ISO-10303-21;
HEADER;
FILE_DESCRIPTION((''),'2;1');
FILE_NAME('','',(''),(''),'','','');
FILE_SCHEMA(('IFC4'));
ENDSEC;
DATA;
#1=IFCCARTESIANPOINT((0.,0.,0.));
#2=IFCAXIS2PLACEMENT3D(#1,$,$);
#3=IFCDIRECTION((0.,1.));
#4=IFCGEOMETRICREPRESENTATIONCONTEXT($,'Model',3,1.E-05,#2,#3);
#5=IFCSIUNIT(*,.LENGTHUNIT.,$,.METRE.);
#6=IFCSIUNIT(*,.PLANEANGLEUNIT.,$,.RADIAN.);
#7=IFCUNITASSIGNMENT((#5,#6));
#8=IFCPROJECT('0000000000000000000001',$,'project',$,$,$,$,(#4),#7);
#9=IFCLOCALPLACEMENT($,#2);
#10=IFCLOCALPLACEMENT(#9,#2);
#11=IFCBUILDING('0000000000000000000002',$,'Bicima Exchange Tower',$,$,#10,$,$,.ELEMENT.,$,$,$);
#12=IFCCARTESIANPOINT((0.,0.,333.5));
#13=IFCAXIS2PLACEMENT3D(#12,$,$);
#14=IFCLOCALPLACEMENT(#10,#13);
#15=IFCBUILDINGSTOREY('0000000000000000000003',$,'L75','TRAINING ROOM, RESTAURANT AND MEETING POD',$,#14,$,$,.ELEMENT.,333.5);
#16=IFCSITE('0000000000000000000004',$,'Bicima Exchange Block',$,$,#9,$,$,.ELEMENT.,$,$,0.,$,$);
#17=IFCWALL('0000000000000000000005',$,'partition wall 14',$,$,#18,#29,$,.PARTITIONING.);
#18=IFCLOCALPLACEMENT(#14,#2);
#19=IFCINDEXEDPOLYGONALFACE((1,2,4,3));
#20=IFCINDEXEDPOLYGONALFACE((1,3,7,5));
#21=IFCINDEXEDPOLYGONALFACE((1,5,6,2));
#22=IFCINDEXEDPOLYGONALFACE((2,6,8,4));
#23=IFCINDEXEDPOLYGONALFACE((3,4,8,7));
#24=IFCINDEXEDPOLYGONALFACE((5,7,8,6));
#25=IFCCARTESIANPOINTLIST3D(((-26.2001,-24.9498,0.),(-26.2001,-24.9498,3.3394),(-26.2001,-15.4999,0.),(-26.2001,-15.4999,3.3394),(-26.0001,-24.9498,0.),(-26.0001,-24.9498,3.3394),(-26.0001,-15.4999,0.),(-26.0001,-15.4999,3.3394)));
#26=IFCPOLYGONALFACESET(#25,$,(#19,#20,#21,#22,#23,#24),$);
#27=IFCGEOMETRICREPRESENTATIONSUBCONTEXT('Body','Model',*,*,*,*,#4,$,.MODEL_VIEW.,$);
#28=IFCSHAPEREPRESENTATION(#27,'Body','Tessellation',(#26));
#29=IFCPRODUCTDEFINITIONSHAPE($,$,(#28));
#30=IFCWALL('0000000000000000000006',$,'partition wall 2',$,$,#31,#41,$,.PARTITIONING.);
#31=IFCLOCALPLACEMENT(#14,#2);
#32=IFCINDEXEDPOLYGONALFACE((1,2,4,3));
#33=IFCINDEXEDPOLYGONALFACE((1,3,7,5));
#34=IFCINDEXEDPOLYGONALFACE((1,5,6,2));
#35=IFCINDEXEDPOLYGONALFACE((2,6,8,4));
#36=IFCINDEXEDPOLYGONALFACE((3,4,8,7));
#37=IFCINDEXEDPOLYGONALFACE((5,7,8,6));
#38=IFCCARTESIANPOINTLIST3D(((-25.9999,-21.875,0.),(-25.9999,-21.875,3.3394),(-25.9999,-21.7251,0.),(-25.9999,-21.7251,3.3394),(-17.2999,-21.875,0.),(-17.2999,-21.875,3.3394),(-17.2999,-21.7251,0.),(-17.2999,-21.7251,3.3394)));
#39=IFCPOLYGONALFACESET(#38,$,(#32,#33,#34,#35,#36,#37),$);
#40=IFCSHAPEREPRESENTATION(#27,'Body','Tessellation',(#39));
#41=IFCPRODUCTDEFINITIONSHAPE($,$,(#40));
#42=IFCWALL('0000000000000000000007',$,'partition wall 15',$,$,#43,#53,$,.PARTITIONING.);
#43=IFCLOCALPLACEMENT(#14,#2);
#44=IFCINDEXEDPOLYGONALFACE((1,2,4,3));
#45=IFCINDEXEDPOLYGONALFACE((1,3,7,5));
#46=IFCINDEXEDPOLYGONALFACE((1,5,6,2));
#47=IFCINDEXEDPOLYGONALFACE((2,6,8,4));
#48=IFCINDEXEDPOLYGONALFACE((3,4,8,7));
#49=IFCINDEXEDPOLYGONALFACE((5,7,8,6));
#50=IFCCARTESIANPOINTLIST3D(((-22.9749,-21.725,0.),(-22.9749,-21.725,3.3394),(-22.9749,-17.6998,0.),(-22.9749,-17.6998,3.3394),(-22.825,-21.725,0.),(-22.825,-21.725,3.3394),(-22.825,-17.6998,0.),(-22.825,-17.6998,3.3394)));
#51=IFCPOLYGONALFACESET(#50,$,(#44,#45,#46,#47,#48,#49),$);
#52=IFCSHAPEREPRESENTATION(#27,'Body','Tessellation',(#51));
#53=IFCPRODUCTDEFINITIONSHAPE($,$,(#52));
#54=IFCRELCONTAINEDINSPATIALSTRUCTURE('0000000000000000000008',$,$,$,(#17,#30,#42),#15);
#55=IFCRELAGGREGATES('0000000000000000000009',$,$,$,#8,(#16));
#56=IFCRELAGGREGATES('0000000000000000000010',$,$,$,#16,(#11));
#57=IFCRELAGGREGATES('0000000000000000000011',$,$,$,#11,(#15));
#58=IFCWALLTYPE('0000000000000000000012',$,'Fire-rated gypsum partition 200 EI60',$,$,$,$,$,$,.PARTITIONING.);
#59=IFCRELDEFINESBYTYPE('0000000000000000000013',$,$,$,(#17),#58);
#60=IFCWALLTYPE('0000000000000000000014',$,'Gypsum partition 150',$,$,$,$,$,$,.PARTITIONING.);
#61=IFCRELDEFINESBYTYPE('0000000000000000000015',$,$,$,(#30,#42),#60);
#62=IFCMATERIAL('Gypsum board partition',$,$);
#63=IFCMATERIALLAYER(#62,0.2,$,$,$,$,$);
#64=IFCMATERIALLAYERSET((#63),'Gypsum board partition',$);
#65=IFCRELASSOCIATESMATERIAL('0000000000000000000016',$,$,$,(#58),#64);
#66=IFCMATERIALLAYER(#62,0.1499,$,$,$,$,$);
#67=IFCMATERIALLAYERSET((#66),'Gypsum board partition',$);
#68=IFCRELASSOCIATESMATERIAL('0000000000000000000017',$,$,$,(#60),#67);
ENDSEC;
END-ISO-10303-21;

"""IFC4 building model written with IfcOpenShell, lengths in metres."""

from ifc_helpers import new_model, si_unit, direction, frame, frame_2d, origin, place, context, subcontext, project, spatial, rectangle, extrude, material, layer, layer_set, type_object, element, save


model = new_model("IFC4")

# Units and contexts
model_context = context("Model", 3, precision=1e-05, world=origin(), true_north=direction((0.0, 1.0)))
body_context = subcontext(model_context, "Body", "Model", "MODEL_VIEW")
ifc_project = project(units=[si_unit("LENGTHUNIT", "METRE"), si_unit("PLANEANGLEUNIT", "RADIAN")], contexts=[model_context])

# Site, building, storey
site_placement = place(None, origin())
site = spatial("IfcSite", under=ifc_project, at=site_placement, Name="Bicima Exchange Block", CompositionType="ELEMENT", RefElevation=0.0)
building_placement = place(site_placement, origin())
building = spatial("IfcBuilding", under=site, at=building_placement, Name="Bicima Exchange Tower", CompositionType="ELEMENT")
storey_placement = place(building_placement, frame((0.0, 0.0, 333.5)))
storey = spatial("IfcBuildingStorey", under=building, at=storey_placement, Name="L75", Description="TRAINING ROOM, RESTAURANT AND MEETING POD", CompositionType="ELEMENT", Elevation=333.5)

# Shared definitions
ifc_material_1 = material(Name="Gypsum board partition")
ifc_layer_1 = layer(ifc_material_1, 0.2)
ifc_layer_set_1 = layer_set([ifc_layer_1], Name="Gypsum board partition")
wall_type_1 = type_object("IfcWallType", Name="Fire-rated gypsum partition 200 EI60", PredefinedType="PARTITIONING", material=ifc_layer_set_1)

# Walls
wall_1_placement = place(storey_placement, frame((-26.1001, -24.95, 0.0), z_axis=(0.0, 0.0, 1.0), x_axis=(0.0, 1.0, 0.0)))
element("IfcWall", 1, at=wall_1_placement, inside=storey, type_object=wall_type_1, Name="partition wall 14", PredefinedType="PARTITIONING", context=body_context, shape_type="SweptSolid", body=[
    extrude(rectangle(XDim=9.45, YDim=0.2, at=frame_2d((4.7251, 0.0))), origin(), (0.0, 0.0, 1.0), 3.3394),
])
ifc_layer_2 = layer(ifc_material_1, 0.1499)
ifc_layer_set_2 = layer_set([ifc_layer_2], Name="Gypsum board partition")
wall_type_2 = type_object("IfcWallType", Name="Gypsum partition 150", PredefinedType="PARTITIONING", material=ifc_layer_set_2)
wall_2_placement = place(storey_placement, frame((-26.0, -21.8, 0.0), z_axis=(0.0, 0.0, 1.0), x_axis=(1.0, 0.0, 0.0)))
element("IfcWall", 2, at=wall_2_placement, inside=storey, type_object=wall_type_2, Name="partition wall 2", PredefinedType="PARTITIONING", context=body_context, shape_type="SweptSolid", body=[
    extrude(rectangle(XDim=8.7, YDim=0.1499, at=frame_2d((4.3501, 0.0))), origin(), (0.0, 0.0, 1.0), 3.3394),
])
wall_3_placement = place(storey_placement, frame((-22.8999, -21.7251, 0.0), z_axis=(0.0, 0.0, 1.0), x_axis=(0.0, 1.0, 0.0)))
element("IfcWall", 3, at=wall_3_placement, inside=storey, type_object=wall_type_2, Name="partition wall 15", PredefinedType="PARTITIONING", context=body_context, shape_type="SweptSolid", body=[
    extrude(rectangle(XDim=4.0251, YDim=0.1499, at=frame_2d((2.0127, 0.0))), origin(), (0.0, 0.0, 1.0), 3.3394),
])

save(model, "model.ifc")
